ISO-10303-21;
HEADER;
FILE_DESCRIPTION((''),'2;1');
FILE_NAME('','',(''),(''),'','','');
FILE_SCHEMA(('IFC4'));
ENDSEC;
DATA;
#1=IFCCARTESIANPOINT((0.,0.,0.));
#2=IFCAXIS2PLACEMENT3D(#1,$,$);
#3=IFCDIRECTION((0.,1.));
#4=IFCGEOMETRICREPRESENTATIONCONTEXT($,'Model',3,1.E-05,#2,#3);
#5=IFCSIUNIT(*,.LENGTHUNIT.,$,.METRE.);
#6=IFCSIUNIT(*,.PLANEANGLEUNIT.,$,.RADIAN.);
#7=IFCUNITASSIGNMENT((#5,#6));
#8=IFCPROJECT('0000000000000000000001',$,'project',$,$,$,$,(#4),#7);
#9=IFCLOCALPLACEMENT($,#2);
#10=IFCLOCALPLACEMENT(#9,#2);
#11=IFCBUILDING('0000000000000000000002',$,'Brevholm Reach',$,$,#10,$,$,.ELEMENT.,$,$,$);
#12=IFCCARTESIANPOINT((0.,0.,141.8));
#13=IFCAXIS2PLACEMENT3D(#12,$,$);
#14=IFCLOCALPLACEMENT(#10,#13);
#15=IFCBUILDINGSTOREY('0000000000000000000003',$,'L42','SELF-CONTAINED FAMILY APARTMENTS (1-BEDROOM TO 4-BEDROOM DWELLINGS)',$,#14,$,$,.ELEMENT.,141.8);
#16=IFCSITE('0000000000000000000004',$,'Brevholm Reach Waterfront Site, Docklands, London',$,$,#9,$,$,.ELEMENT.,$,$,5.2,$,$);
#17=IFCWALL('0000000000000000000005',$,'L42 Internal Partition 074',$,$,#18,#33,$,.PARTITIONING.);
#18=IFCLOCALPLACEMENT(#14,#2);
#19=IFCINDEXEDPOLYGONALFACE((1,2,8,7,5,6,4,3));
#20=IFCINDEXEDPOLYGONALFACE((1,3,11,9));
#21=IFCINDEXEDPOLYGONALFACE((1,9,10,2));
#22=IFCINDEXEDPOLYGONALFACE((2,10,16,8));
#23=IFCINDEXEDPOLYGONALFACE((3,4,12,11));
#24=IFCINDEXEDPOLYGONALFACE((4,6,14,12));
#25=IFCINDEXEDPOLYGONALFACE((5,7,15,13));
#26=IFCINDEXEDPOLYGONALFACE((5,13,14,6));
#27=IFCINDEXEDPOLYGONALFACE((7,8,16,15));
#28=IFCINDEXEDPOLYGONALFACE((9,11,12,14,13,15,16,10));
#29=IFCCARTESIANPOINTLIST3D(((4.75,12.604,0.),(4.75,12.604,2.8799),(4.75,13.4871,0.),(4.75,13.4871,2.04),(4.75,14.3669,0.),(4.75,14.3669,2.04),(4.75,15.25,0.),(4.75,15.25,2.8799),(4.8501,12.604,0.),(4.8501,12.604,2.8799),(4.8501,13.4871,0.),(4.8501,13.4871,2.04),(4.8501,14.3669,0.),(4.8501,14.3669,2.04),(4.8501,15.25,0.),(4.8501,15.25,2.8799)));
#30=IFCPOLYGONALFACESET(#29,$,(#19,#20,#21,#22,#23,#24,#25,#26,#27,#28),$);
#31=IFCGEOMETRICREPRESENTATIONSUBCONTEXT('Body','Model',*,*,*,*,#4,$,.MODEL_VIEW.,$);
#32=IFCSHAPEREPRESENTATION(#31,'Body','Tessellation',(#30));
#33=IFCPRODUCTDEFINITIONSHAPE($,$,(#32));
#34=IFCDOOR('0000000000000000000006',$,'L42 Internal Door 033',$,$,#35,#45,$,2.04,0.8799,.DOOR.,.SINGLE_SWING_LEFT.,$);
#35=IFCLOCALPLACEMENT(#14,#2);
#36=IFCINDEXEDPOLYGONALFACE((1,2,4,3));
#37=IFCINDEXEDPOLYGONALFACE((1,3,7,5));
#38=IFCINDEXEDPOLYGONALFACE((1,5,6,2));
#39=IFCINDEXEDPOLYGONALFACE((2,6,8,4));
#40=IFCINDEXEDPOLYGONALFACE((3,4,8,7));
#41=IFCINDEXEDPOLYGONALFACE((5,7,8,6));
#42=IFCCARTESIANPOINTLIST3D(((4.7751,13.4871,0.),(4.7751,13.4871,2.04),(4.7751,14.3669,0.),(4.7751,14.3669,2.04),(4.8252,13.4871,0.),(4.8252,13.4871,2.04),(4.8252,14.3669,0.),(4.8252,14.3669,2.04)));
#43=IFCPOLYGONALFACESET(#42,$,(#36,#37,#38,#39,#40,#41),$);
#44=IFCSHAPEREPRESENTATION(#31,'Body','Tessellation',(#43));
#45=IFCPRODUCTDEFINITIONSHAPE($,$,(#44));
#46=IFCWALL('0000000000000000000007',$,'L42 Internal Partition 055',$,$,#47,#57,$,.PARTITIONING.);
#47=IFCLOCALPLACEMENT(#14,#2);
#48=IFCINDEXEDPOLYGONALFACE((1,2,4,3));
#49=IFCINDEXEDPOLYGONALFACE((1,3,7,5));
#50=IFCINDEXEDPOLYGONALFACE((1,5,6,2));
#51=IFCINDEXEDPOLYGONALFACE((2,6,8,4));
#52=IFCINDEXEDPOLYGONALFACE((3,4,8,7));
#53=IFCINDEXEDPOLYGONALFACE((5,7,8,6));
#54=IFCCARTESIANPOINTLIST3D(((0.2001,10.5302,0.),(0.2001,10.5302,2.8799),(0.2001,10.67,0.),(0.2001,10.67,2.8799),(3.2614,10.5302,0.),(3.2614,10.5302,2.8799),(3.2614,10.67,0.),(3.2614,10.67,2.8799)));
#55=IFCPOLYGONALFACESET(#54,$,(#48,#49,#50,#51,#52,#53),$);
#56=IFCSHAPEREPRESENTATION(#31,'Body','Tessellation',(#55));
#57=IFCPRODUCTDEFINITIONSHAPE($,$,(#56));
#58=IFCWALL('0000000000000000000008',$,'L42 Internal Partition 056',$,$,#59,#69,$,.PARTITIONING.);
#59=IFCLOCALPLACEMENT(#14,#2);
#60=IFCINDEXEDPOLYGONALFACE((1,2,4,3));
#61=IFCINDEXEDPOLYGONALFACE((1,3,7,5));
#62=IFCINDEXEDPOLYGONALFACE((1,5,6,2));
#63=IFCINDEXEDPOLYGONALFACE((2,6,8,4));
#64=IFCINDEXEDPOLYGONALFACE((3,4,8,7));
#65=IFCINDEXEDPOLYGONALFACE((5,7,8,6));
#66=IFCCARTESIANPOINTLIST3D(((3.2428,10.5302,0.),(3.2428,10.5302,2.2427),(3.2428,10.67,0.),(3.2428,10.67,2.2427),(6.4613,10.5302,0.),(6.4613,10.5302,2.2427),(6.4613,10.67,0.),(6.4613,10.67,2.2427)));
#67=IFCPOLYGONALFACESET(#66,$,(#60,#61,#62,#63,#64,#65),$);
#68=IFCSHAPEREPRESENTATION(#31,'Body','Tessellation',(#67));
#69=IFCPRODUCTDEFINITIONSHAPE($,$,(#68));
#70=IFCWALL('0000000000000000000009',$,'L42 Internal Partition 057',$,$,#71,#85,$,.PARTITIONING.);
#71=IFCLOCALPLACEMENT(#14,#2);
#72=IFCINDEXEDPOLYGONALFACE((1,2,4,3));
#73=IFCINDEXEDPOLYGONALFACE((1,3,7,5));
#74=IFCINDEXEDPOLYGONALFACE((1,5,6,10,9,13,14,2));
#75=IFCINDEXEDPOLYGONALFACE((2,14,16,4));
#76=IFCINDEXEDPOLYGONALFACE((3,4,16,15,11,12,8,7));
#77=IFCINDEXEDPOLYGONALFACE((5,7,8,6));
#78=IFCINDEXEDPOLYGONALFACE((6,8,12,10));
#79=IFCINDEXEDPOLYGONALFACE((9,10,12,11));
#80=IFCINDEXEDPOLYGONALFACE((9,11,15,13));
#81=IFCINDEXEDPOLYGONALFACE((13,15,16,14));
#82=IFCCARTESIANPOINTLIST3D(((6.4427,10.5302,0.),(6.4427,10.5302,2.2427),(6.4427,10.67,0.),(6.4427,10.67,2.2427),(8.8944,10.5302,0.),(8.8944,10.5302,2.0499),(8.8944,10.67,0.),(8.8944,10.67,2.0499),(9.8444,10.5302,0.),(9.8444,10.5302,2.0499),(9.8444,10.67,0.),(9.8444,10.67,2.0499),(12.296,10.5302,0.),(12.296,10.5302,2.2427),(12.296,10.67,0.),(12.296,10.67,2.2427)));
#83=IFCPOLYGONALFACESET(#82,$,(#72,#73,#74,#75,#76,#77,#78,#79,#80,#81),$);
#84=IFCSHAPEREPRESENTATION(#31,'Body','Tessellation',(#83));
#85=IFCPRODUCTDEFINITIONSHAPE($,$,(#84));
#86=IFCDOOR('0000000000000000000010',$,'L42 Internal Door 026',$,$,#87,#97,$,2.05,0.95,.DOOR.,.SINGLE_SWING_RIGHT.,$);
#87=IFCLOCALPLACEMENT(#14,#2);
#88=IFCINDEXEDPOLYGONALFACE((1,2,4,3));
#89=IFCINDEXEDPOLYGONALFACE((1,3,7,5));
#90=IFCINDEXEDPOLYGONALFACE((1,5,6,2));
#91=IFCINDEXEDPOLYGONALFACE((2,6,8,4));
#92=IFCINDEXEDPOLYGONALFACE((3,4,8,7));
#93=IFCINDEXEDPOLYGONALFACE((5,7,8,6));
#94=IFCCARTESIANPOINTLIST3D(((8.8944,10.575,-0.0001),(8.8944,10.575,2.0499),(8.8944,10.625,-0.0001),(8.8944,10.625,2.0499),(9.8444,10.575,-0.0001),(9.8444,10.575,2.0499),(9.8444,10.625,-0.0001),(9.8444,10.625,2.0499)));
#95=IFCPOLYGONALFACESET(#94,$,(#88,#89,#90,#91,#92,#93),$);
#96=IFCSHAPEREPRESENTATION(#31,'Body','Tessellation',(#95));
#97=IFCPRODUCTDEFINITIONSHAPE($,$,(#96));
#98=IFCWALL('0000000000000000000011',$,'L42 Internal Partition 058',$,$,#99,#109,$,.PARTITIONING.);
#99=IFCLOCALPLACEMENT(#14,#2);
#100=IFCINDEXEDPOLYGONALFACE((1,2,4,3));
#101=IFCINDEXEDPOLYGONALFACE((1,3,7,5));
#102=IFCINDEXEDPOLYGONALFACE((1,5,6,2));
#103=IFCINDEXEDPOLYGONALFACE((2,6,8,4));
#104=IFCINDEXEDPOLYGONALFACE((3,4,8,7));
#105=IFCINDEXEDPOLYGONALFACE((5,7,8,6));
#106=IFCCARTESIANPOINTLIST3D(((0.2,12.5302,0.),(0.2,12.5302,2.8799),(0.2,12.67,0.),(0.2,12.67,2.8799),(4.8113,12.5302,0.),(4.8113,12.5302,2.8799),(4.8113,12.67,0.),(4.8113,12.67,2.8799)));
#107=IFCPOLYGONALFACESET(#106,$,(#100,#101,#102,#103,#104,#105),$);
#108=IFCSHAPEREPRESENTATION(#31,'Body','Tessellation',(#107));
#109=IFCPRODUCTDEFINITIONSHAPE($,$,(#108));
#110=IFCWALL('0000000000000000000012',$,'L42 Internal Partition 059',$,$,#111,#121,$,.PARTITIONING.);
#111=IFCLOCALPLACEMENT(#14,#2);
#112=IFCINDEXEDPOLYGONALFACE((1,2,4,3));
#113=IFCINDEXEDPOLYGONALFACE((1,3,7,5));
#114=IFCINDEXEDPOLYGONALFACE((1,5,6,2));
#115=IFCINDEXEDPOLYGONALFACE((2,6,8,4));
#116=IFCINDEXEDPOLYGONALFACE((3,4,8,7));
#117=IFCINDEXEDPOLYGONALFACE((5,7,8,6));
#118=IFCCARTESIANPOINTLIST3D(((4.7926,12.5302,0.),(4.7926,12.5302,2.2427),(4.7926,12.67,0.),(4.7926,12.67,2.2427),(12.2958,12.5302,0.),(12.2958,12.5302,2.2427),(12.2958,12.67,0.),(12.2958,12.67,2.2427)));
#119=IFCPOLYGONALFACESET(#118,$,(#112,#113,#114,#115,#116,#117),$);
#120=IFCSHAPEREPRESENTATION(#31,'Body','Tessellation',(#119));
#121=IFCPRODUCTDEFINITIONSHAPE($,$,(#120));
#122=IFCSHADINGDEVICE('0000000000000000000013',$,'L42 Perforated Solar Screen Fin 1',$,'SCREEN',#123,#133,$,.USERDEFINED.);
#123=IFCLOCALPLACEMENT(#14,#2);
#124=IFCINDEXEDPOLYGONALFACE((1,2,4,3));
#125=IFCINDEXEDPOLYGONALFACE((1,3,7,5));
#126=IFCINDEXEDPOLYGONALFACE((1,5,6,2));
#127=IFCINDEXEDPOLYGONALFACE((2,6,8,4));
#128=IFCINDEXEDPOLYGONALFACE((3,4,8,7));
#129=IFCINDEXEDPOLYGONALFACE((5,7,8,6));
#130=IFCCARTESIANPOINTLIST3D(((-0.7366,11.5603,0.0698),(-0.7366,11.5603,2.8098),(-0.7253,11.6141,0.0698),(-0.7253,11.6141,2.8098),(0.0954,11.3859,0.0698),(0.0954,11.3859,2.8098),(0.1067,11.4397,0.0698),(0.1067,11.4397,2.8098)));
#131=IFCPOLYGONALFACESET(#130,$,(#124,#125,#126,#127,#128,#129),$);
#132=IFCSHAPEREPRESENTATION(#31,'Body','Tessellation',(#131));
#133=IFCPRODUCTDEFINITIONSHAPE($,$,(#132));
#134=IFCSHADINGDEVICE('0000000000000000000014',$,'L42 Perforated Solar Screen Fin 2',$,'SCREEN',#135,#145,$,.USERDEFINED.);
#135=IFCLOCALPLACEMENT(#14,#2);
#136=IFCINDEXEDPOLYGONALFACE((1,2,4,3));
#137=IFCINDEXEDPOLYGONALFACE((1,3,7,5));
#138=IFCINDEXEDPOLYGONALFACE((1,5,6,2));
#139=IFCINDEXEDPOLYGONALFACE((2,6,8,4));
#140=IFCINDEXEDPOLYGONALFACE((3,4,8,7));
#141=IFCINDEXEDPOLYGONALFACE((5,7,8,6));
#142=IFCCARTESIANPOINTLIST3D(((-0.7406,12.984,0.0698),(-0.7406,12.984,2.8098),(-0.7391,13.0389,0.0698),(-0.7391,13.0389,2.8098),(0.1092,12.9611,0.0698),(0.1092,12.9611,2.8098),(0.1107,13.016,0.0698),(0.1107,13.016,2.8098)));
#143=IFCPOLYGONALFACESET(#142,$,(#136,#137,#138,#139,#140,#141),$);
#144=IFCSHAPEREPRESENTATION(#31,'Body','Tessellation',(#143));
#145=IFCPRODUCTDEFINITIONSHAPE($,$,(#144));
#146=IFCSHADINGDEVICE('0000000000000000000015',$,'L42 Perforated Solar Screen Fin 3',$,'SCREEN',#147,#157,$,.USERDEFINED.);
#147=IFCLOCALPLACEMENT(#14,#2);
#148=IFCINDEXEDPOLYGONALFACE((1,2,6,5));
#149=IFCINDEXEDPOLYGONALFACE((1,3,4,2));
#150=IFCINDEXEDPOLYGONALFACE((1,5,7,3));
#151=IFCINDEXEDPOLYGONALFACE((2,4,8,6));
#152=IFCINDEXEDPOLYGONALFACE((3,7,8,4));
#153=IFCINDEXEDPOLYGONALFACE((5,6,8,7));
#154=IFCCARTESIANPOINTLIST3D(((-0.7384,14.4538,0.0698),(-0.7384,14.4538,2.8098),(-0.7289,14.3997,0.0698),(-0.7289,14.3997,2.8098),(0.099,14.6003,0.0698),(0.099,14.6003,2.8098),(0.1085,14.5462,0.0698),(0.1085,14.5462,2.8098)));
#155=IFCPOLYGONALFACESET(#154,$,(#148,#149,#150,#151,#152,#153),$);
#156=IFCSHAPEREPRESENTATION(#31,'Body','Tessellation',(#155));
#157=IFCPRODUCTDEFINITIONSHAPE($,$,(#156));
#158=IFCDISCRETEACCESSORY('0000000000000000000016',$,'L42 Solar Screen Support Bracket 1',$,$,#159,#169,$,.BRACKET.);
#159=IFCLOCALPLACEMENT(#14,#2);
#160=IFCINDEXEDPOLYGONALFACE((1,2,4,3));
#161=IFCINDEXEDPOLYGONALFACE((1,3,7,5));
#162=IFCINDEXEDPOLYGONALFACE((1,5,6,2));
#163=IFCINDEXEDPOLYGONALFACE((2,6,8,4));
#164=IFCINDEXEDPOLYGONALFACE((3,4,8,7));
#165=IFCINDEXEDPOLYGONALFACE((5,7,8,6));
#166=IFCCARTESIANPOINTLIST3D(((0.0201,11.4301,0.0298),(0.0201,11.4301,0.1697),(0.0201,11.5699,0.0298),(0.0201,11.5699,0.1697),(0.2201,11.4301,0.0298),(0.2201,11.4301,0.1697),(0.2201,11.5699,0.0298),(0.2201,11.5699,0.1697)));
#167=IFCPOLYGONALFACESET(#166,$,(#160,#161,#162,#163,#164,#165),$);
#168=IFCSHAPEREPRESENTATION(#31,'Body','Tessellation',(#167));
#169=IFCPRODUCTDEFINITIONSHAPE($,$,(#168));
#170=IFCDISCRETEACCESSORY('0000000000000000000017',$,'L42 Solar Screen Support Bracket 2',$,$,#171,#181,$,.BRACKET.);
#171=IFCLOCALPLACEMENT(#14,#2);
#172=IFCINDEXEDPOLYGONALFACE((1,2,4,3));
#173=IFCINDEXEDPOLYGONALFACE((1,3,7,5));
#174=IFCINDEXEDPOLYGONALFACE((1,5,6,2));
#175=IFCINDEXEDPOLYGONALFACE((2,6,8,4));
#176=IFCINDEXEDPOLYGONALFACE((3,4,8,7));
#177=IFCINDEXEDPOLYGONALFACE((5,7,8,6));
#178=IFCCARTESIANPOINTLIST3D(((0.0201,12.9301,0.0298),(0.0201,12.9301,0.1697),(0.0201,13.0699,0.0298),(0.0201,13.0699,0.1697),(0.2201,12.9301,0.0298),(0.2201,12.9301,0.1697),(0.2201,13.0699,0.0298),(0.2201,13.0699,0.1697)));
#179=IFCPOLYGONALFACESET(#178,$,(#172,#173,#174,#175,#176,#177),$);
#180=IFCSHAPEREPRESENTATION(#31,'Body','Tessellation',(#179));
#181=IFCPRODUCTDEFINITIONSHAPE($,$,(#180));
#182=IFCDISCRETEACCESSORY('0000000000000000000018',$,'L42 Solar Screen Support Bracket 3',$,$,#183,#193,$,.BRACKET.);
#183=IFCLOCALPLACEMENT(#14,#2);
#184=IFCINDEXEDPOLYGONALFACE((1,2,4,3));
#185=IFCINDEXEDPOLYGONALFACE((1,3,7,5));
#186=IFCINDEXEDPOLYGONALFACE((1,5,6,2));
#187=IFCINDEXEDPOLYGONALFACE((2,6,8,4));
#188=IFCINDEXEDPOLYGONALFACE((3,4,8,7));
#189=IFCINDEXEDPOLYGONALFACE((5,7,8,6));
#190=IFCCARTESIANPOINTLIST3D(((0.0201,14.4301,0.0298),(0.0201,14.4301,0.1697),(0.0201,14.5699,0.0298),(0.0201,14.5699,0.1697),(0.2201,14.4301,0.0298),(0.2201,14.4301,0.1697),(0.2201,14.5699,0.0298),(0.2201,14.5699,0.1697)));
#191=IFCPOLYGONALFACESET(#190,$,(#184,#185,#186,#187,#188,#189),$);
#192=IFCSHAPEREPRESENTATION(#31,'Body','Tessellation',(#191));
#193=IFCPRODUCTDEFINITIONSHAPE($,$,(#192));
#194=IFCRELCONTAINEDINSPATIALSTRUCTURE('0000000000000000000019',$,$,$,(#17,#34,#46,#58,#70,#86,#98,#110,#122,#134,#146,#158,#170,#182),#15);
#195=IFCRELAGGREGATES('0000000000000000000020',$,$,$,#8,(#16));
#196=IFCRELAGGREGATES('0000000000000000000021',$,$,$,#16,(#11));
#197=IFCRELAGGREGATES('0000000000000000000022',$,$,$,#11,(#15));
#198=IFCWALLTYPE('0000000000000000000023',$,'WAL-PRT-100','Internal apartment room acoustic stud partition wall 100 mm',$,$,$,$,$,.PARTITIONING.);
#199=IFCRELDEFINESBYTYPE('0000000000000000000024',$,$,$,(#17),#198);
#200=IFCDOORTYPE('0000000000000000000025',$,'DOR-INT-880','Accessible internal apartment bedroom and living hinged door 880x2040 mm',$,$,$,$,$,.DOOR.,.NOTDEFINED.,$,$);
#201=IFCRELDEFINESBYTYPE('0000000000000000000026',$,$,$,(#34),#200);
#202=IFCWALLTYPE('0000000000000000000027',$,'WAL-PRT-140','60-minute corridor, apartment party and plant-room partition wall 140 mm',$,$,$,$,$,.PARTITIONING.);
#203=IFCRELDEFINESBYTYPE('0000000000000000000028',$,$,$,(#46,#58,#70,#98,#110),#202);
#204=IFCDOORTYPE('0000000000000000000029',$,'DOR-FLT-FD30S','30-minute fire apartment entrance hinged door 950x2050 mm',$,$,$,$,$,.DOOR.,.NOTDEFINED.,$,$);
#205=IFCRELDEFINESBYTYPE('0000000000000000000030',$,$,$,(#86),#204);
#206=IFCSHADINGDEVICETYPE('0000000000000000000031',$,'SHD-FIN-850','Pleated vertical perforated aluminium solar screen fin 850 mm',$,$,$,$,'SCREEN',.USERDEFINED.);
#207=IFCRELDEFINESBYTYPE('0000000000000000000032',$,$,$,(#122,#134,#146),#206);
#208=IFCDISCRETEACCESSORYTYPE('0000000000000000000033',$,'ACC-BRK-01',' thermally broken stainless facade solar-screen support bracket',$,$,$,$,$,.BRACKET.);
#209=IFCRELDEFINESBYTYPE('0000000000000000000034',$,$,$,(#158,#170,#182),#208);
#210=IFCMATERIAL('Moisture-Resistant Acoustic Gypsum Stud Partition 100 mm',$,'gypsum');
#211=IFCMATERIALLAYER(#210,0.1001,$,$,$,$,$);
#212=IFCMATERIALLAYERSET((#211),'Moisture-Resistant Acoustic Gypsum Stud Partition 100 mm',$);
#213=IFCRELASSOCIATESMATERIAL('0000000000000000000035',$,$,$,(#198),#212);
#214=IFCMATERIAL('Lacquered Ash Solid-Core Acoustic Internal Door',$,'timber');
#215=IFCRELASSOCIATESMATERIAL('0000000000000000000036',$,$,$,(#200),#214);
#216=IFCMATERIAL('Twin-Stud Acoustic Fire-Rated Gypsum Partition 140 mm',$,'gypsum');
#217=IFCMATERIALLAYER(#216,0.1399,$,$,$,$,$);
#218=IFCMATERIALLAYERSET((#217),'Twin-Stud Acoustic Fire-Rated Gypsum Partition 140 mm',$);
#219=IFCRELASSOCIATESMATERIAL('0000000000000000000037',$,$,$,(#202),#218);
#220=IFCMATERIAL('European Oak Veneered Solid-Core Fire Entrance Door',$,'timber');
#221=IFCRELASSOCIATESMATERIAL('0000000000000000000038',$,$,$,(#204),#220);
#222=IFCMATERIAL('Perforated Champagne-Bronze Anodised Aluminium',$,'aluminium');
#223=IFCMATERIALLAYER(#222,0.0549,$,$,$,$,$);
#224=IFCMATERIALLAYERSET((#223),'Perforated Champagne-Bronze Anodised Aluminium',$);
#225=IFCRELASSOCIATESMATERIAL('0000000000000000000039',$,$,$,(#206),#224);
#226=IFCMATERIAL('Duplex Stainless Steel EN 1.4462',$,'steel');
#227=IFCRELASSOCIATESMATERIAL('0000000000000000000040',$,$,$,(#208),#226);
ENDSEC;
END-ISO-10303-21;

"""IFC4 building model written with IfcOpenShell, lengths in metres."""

from ifc_helpers import new_model, si_unit, direction, frame, frame_2d, origin, origin_2d, place, context, subcontext, project, spatial, rectangle, extrude, material, layer, layer_set, type_object, element, fill, save


model = new_model("IFC4")

# Units and contexts
model_context = context("Model", 3, precision=1e-05, world=origin(), true_north=direction((0.0, 1.0)))
body_context = subcontext(model_context, "Body", "Model", "MODEL_VIEW")
ifc_project = project(units=[si_unit("LENGTHUNIT", "METRE"), si_unit("PLANEANGLEUNIT", "RADIAN")], contexts=[model_context])

# Site, building, storey
site_placement = place(None, origin())
site = spatial("IfcSite", under=ifc_project, at=site_placement, Name="Brevholm Reach Waterfront Site, Docklands, London", CompositionType="ELEMENT", RefElevation=5.2)
building_placement = place(site_placement, origin())
building = spatial("IfcBuilding", under=site, at=building_placement, Name="Brevholm Reach", CompositionType="ELEMENT")
storey_placement = place(building_placement, frame((0.0, 0.0, 141.8)))
storey = spatial("IfcBuildingStorey", under=building, at=storey_placement, Name="L42", Description="SELF-CONTAINED FAMILY APARTMENTS (1-BEDROOM TO 4-BEDROOM DWELLINGS)", CompositionType="ELEMENT", Elevation=141.8)

# Shared definitions
ifc_material_1 = material(Name="Moisture-Resistant Acoustic Gypsum Stud Partition 100 mm", Category="gypsum")
ifc_layer_1 = layer(ifc_material_1, 0.1001)
ifc_layer_set_1 = layer_set([ifc_layer_1], Name="Moisture-Resistant Acoustic Gypsum Stud Partition 100 mm")
wall_type_1 = type_object("IfcWallType", Name="WAL-PRT-100", Description="Internal apartment room acoustic stud partition wall 100 mm", PredefinedType="PARTITIONING", material=ifc_layer_set_1)

# Wall, opening, door
wall_1_placement = place(storey_placement, frame((4.8, 12.604, 0.0), z_axis=(0.0, 0.0, 1.0), x_axis=(0.0, 1.0, 0.0)))
wall_1 = element("IfcWall", 1, at=wall_1_placement, inside=storey, type_object=wall_type_1, Name="L42 Internal Partition 074", PredefinedType="PARTITIONING", context=body_context, shape_type="SweptSolid", body=[
    extrude(rectangle(XDim=2.646, YDim=0.1001, at=frame_2d((1.323, 0.0))), origin(), (0.0, 0.0, 1.0), 2.8799),
])
opening_1_placement = place(wall_1_placement, frame((0.8831, 0.0, 0.0)))
opening_1 = element("IfcOpeningElement", 2, at=opening_1_placement, cuts=wall_1, PredefinedType="OPENING", context=body_context, shape_type="SweptSolid", body=[
    extrude(rectangle(XDim=0.8799, YDim=2.04, at=frame_2d((0.4399, 1.02))), frame((0.0, 0.0601, 0.0), z_axis=(0.0, -1.0, 0.0), x_axis=(1.0, 0.0, 0.0)), (0.0, 0.0, 1.0), 0.1201),
])
ifc_material_2 = material(Name="Lacquered Ash Solid-Core Acoustic Internal Door", Category="timber")
door_type_1 = type_object("IfcDoorType", Name="DOR-INT-880", Description="Accessible internal apartment bedroom and living hinged door 880x2040 mm", OperationType="NOTDEFINED", PredefinedType="DOOR", material=ifc_material_2)
door_1_placement = place(opening_1_placement, origin())
door_1 = element("IfcDoor", 3, at=door_1_placement, inside=storey, type_object=door_type_1, Name="L42 Internal Door 033", OperationType="SINGLE_SWING_LEFT", OverallHeight=2.04, OverallWidth=0.8799, PredefinedType="DOOR", context=body_context, shape_type="SweptSolid", body=[
    extrude(rectangle(XDim=0.8799, YDim=2.04, at=frame_2d((0.4399, 1.02))), frame((0.0, 0.0249, 0.0), z_axis=(0.0, -1.0, 0.0), x_axis=(1.0, 0.0, 0.0)), (0.0, 0.0, 1.0), 0.05),
])
fill(opening_1, door_1)

# Walls
ifc_material_3 = material(Name="Twin-Stud Acoustic Fire-Rated Gypsum Partition 140 mm", Category="gypsum")
ifc_layer_2 = layer(ifc_material_3, 0.1399)
ifc_layer_set_2 = layer_set([ifc_layer_2], Name="Twin-Stud Acoustic Fire-Rated Gypsum Partition 140 mm")
wall_type_2 = type_object("IfcWallType", Name="WAL-PRT-140", Description="60-minute corridor, apartment party and plant-room partition wall 140 mm", PredefinedType="PARTITIONING", material=ifc_layer_set_2)
wall_2_placement = place(storey_placement, frame((0.2, 10.6001, 0.0), z_axis=(0.0, 0.0, 1.0), x_axis=(1.0, 0.0, 0.0)))
element("IfcWall", 4, at=wall_2_placement, inside=storey, type_object=wall_type_2, Name="L42 Internal Partition 055", PredefinedType="PARTITIONING", context=body_context, shape_type="SweptSolid", body=[
    extrude(rectangle(XDim=3.0613, YDim=0.1399, at=frame_2d((1.5308, 0.0))), origin(), (0.0, 0.0, 1.0), 2.8799),
])
wall_3_placement = place(storey_placement, frame((3.2427, 10.6001, 0.0), z_axis=(0.0, 0.0, 1.0), x_axis=(1.0, 0.0, 0.0)))
element("IfcWall", 5, at=wall_3_placement, inside=storey, type_object=wall_type_2, Name="L42 Internal Partition 056", PredefinedType="PARTITIONING", context=body_context, shape_type="SweptSolid", body=[
    extrude(rectangle(XDim=3.2185, YDim=0.1399, at=frame_2d((1.6094, 0.0))), origin(), (0.0, 0.0, 1.0), 2.2427),
])

# Wall, opening, door
wall_4_placement = place(storey_placement, frame((6.4426, 10.6001, 0.0), z_axis=(0.0, 0.0, 1.0), x_axis=(1.0, 0.0, 0.0)))
wall_4 = element("IfcWall", 6, at=wall_4_placement, inside=storey, type_object=wall_type_2, Name="L42 Internal Partition 057", PredefinedType="PARTITIONING", context=body_context, shape_type="SweptSolid", body=[
    extrude(rectangle(XDim=5.8533, YDim=0.1399, at=frame_2d((2.9268, 0.0))), origin(), (0.0, 0.0, 1.0), 2.2427),
])
opening_2_placement = place(wall_4_placement, frame((2.4517, 0.0, 0.0)))
opening_2 = element("IfcOpeningElement", 7, at=opening_2_placement, cuts=wall_4, PredefinedType="OPENING", context=body_context, shape_type="SweptSolid", body=[
    extrude(rectangle(XDim=0.95, YDim=2.05, at=frame_2d((0.4751, 1.0249))), frame((0.0, 0.0798, 0.0), z_axis=(0.0, -1.0, 0.0), x_axis=(1.0, 0.0, 0.0)), (0.0, 0.0, 1.0), 0.1599),
])
ifc_material_4 = material(Name="European Oak Veneered Solid-Core Fire Entrance Door", Category="timber")
door_type_2 = type_object("IfcDoorType", Name="DOR-FLT-FD30S", Description="30-minute fire apartment entrance hinged door 950x2050 mm", OperationType="NOTDEFINED", PredefinedType="DOOR", material=ifc_material_4)
door_2_placement = place(opening_2_placement, origin())
door_2 = element("IfcDoor", 8, at=door_2_placement, inside=storey, type_object=door_type_2, Name="L42 Internal Door 026", OperationType="SINGLE_SWING_RIGHT", OverallHeight=2.05, OverallWidth=0.95, PredefinedType="DOOR", context=body_context, shape_type="SweptSolid", body=[
    extrude(rectangle(XDim=0.95, YDim=2.05, at=frame_2d((0.4751, 1.0249))), frame((0.0, 0.0249, 0.0), z_axis=(0.0, -1.0, 0.0), x_axis=(1.0, 0.0, 0.0)), (0.0, 0.0, 1.0), 0.05),
])
fill(opening_2, door_2)

# Walls
wall_5_placement = place(storey_placement, frame((0.2, 12.6001, 0.0), z_axis=(0.0, 0.0, 1.0), x_axis=(1.0, 0.0, 0.0)))
element("IfcWall", 9, at=wall_5_placement, inside=storey, type_object=wall_type_2, Name="L42 Internal Partition 058", PredefinedType="PARTITIONING", context=body_context, shape_type="SweptSolid", body=[
    extrude(rectangle(XDim=4.6113, YDim=0.1399, at=frame_2d((2.3057, 0.0))), origin(), (0.0, 0.0, 1.0), 2.8799),
])
wall_6_placement = place(storey_placement, frame((4.7927, 12.6001, 0.0), z_axis=(0.0, 0.0, 1.0), x_axis=(1.0, 0.0, 0.0)))
element("IfcWall", 10, at=wall_6_placement, inside=storey, type_object=wall_type_2, Name="L42 Internal Partition 059", PredefinedType="PARTITIONING", context=body_context, shape_type="SweptSolid", body=[
    extrude(rectangle(XDim=7.5032, YDim=0.1399, at=frame_2d((3.7515, 0.0))), origin(), (0.0, 0.0, 1.0), 2.2427),
])

# Shading devices
ifc_material_5 = material(Name="Perforated Champagne-Bronze Anodised Aluminium", Category="aluminium")
ifc_layer_3 = layer(ifc_material_5, 0.0549)
ifc_layer_set_3 = layer_set([ifc_layer_3], Name="Perforated Champagne-Bronze Anodised Aluminium")
shading_device_type = type_object("IfcShadingDeviceType", Name="SHD-FIN-850", Description="Pleated vertical perforated aluminium solar screen fin 850 mm", ElementType="SCREEN", PredefinedType="USERDEFINED", material=ifc_layer_set_3)
for number, where, z_axis, x_axis, name in (
    (11, (-0.3149, 11.5, 0.0698), (0.0, 0.0, 1.0), (-0.978724, 0.205179, 0.0), "L42 Perforated Solar Screen Fin 1"),
    (12, (-0.3149, 13.0, 0.0698), (0.0, 0.0, 1.0), (-0.999638, 0.02691, 0.0), "L42 Perforated Solar Screen Fin 2"),
    (13, (-0.3149, 14.5, 0.0698), (0.0, 0.0, 1.0), (-0.985055, -0.172239, 0.0), "L42 Perforated Solar Screen Fin 3"),
):
    element("IfcShadingDevice", number, at=place(storey_placement, frame(where, z_axis=z_axis, x_axis=x_axis)), inside=storey, type_object=shading_device_type, Name=name, ObjectType="SCREEN", PredefinedType="USERDEFINED", context=body_context, shape_type="SweptSolid", body=[
        extrude(rectangle(XDim=0.8501, YDim=0.0549, at=origin_2d()), origin(), (0.0, 0.0, 1.0), 2.74),
    ])

# Discrete accessories
ifc_material_6 = material(Name="Duplex Stainless Steel EN 1.4462", Category="steel")
discrete_accessory_type = type_object("IfcDiscreteAccessoryType", Name="ACC-BRK-01", Description=" thermally broken stainless facade solar-screen support bracket", PredefinedType="BRACKET", material=ifc_material_6)
for number, where, z_axis, x_axis, name in (
    (14, (0.1201, 11.5, 0.0298), (0.0, 0.0, 1.0), (-1.0, 0.0, 0.0), "L42 Solar Screen Support Bracket 1"),
    (15, (0.1201, 13.0, 0.0298), (0.0, 0.0, 1.0), (-1.0, 0.0, 0.0), "L42 Solar Screen Support Bracket 2"),
    (16, (0.1201, 14.5, 0.0298), (0.0, 0.0, 1.0), (-1.0, 0.0, 0.0), "L42 Solar Screen Support Bracket 3"),
):
    element("IfcDiscreteAccessory", number, at=place(storey_placement, frame(where, z_axis=z_axis, x_axis=x_axis)), inside=storey, type_object=discrete_accessory_type, Name=name, PredefinedType="BRACKET", context=body_context, shape_type="SweptSolid", body=[
        extrude(rectangle(XDim=0.2, YDim=0.1399, at=origin_2d()), origin(), (0.0, 0.0, 1.0), 0.1399),
    ])

save(model, "model.ifc")
